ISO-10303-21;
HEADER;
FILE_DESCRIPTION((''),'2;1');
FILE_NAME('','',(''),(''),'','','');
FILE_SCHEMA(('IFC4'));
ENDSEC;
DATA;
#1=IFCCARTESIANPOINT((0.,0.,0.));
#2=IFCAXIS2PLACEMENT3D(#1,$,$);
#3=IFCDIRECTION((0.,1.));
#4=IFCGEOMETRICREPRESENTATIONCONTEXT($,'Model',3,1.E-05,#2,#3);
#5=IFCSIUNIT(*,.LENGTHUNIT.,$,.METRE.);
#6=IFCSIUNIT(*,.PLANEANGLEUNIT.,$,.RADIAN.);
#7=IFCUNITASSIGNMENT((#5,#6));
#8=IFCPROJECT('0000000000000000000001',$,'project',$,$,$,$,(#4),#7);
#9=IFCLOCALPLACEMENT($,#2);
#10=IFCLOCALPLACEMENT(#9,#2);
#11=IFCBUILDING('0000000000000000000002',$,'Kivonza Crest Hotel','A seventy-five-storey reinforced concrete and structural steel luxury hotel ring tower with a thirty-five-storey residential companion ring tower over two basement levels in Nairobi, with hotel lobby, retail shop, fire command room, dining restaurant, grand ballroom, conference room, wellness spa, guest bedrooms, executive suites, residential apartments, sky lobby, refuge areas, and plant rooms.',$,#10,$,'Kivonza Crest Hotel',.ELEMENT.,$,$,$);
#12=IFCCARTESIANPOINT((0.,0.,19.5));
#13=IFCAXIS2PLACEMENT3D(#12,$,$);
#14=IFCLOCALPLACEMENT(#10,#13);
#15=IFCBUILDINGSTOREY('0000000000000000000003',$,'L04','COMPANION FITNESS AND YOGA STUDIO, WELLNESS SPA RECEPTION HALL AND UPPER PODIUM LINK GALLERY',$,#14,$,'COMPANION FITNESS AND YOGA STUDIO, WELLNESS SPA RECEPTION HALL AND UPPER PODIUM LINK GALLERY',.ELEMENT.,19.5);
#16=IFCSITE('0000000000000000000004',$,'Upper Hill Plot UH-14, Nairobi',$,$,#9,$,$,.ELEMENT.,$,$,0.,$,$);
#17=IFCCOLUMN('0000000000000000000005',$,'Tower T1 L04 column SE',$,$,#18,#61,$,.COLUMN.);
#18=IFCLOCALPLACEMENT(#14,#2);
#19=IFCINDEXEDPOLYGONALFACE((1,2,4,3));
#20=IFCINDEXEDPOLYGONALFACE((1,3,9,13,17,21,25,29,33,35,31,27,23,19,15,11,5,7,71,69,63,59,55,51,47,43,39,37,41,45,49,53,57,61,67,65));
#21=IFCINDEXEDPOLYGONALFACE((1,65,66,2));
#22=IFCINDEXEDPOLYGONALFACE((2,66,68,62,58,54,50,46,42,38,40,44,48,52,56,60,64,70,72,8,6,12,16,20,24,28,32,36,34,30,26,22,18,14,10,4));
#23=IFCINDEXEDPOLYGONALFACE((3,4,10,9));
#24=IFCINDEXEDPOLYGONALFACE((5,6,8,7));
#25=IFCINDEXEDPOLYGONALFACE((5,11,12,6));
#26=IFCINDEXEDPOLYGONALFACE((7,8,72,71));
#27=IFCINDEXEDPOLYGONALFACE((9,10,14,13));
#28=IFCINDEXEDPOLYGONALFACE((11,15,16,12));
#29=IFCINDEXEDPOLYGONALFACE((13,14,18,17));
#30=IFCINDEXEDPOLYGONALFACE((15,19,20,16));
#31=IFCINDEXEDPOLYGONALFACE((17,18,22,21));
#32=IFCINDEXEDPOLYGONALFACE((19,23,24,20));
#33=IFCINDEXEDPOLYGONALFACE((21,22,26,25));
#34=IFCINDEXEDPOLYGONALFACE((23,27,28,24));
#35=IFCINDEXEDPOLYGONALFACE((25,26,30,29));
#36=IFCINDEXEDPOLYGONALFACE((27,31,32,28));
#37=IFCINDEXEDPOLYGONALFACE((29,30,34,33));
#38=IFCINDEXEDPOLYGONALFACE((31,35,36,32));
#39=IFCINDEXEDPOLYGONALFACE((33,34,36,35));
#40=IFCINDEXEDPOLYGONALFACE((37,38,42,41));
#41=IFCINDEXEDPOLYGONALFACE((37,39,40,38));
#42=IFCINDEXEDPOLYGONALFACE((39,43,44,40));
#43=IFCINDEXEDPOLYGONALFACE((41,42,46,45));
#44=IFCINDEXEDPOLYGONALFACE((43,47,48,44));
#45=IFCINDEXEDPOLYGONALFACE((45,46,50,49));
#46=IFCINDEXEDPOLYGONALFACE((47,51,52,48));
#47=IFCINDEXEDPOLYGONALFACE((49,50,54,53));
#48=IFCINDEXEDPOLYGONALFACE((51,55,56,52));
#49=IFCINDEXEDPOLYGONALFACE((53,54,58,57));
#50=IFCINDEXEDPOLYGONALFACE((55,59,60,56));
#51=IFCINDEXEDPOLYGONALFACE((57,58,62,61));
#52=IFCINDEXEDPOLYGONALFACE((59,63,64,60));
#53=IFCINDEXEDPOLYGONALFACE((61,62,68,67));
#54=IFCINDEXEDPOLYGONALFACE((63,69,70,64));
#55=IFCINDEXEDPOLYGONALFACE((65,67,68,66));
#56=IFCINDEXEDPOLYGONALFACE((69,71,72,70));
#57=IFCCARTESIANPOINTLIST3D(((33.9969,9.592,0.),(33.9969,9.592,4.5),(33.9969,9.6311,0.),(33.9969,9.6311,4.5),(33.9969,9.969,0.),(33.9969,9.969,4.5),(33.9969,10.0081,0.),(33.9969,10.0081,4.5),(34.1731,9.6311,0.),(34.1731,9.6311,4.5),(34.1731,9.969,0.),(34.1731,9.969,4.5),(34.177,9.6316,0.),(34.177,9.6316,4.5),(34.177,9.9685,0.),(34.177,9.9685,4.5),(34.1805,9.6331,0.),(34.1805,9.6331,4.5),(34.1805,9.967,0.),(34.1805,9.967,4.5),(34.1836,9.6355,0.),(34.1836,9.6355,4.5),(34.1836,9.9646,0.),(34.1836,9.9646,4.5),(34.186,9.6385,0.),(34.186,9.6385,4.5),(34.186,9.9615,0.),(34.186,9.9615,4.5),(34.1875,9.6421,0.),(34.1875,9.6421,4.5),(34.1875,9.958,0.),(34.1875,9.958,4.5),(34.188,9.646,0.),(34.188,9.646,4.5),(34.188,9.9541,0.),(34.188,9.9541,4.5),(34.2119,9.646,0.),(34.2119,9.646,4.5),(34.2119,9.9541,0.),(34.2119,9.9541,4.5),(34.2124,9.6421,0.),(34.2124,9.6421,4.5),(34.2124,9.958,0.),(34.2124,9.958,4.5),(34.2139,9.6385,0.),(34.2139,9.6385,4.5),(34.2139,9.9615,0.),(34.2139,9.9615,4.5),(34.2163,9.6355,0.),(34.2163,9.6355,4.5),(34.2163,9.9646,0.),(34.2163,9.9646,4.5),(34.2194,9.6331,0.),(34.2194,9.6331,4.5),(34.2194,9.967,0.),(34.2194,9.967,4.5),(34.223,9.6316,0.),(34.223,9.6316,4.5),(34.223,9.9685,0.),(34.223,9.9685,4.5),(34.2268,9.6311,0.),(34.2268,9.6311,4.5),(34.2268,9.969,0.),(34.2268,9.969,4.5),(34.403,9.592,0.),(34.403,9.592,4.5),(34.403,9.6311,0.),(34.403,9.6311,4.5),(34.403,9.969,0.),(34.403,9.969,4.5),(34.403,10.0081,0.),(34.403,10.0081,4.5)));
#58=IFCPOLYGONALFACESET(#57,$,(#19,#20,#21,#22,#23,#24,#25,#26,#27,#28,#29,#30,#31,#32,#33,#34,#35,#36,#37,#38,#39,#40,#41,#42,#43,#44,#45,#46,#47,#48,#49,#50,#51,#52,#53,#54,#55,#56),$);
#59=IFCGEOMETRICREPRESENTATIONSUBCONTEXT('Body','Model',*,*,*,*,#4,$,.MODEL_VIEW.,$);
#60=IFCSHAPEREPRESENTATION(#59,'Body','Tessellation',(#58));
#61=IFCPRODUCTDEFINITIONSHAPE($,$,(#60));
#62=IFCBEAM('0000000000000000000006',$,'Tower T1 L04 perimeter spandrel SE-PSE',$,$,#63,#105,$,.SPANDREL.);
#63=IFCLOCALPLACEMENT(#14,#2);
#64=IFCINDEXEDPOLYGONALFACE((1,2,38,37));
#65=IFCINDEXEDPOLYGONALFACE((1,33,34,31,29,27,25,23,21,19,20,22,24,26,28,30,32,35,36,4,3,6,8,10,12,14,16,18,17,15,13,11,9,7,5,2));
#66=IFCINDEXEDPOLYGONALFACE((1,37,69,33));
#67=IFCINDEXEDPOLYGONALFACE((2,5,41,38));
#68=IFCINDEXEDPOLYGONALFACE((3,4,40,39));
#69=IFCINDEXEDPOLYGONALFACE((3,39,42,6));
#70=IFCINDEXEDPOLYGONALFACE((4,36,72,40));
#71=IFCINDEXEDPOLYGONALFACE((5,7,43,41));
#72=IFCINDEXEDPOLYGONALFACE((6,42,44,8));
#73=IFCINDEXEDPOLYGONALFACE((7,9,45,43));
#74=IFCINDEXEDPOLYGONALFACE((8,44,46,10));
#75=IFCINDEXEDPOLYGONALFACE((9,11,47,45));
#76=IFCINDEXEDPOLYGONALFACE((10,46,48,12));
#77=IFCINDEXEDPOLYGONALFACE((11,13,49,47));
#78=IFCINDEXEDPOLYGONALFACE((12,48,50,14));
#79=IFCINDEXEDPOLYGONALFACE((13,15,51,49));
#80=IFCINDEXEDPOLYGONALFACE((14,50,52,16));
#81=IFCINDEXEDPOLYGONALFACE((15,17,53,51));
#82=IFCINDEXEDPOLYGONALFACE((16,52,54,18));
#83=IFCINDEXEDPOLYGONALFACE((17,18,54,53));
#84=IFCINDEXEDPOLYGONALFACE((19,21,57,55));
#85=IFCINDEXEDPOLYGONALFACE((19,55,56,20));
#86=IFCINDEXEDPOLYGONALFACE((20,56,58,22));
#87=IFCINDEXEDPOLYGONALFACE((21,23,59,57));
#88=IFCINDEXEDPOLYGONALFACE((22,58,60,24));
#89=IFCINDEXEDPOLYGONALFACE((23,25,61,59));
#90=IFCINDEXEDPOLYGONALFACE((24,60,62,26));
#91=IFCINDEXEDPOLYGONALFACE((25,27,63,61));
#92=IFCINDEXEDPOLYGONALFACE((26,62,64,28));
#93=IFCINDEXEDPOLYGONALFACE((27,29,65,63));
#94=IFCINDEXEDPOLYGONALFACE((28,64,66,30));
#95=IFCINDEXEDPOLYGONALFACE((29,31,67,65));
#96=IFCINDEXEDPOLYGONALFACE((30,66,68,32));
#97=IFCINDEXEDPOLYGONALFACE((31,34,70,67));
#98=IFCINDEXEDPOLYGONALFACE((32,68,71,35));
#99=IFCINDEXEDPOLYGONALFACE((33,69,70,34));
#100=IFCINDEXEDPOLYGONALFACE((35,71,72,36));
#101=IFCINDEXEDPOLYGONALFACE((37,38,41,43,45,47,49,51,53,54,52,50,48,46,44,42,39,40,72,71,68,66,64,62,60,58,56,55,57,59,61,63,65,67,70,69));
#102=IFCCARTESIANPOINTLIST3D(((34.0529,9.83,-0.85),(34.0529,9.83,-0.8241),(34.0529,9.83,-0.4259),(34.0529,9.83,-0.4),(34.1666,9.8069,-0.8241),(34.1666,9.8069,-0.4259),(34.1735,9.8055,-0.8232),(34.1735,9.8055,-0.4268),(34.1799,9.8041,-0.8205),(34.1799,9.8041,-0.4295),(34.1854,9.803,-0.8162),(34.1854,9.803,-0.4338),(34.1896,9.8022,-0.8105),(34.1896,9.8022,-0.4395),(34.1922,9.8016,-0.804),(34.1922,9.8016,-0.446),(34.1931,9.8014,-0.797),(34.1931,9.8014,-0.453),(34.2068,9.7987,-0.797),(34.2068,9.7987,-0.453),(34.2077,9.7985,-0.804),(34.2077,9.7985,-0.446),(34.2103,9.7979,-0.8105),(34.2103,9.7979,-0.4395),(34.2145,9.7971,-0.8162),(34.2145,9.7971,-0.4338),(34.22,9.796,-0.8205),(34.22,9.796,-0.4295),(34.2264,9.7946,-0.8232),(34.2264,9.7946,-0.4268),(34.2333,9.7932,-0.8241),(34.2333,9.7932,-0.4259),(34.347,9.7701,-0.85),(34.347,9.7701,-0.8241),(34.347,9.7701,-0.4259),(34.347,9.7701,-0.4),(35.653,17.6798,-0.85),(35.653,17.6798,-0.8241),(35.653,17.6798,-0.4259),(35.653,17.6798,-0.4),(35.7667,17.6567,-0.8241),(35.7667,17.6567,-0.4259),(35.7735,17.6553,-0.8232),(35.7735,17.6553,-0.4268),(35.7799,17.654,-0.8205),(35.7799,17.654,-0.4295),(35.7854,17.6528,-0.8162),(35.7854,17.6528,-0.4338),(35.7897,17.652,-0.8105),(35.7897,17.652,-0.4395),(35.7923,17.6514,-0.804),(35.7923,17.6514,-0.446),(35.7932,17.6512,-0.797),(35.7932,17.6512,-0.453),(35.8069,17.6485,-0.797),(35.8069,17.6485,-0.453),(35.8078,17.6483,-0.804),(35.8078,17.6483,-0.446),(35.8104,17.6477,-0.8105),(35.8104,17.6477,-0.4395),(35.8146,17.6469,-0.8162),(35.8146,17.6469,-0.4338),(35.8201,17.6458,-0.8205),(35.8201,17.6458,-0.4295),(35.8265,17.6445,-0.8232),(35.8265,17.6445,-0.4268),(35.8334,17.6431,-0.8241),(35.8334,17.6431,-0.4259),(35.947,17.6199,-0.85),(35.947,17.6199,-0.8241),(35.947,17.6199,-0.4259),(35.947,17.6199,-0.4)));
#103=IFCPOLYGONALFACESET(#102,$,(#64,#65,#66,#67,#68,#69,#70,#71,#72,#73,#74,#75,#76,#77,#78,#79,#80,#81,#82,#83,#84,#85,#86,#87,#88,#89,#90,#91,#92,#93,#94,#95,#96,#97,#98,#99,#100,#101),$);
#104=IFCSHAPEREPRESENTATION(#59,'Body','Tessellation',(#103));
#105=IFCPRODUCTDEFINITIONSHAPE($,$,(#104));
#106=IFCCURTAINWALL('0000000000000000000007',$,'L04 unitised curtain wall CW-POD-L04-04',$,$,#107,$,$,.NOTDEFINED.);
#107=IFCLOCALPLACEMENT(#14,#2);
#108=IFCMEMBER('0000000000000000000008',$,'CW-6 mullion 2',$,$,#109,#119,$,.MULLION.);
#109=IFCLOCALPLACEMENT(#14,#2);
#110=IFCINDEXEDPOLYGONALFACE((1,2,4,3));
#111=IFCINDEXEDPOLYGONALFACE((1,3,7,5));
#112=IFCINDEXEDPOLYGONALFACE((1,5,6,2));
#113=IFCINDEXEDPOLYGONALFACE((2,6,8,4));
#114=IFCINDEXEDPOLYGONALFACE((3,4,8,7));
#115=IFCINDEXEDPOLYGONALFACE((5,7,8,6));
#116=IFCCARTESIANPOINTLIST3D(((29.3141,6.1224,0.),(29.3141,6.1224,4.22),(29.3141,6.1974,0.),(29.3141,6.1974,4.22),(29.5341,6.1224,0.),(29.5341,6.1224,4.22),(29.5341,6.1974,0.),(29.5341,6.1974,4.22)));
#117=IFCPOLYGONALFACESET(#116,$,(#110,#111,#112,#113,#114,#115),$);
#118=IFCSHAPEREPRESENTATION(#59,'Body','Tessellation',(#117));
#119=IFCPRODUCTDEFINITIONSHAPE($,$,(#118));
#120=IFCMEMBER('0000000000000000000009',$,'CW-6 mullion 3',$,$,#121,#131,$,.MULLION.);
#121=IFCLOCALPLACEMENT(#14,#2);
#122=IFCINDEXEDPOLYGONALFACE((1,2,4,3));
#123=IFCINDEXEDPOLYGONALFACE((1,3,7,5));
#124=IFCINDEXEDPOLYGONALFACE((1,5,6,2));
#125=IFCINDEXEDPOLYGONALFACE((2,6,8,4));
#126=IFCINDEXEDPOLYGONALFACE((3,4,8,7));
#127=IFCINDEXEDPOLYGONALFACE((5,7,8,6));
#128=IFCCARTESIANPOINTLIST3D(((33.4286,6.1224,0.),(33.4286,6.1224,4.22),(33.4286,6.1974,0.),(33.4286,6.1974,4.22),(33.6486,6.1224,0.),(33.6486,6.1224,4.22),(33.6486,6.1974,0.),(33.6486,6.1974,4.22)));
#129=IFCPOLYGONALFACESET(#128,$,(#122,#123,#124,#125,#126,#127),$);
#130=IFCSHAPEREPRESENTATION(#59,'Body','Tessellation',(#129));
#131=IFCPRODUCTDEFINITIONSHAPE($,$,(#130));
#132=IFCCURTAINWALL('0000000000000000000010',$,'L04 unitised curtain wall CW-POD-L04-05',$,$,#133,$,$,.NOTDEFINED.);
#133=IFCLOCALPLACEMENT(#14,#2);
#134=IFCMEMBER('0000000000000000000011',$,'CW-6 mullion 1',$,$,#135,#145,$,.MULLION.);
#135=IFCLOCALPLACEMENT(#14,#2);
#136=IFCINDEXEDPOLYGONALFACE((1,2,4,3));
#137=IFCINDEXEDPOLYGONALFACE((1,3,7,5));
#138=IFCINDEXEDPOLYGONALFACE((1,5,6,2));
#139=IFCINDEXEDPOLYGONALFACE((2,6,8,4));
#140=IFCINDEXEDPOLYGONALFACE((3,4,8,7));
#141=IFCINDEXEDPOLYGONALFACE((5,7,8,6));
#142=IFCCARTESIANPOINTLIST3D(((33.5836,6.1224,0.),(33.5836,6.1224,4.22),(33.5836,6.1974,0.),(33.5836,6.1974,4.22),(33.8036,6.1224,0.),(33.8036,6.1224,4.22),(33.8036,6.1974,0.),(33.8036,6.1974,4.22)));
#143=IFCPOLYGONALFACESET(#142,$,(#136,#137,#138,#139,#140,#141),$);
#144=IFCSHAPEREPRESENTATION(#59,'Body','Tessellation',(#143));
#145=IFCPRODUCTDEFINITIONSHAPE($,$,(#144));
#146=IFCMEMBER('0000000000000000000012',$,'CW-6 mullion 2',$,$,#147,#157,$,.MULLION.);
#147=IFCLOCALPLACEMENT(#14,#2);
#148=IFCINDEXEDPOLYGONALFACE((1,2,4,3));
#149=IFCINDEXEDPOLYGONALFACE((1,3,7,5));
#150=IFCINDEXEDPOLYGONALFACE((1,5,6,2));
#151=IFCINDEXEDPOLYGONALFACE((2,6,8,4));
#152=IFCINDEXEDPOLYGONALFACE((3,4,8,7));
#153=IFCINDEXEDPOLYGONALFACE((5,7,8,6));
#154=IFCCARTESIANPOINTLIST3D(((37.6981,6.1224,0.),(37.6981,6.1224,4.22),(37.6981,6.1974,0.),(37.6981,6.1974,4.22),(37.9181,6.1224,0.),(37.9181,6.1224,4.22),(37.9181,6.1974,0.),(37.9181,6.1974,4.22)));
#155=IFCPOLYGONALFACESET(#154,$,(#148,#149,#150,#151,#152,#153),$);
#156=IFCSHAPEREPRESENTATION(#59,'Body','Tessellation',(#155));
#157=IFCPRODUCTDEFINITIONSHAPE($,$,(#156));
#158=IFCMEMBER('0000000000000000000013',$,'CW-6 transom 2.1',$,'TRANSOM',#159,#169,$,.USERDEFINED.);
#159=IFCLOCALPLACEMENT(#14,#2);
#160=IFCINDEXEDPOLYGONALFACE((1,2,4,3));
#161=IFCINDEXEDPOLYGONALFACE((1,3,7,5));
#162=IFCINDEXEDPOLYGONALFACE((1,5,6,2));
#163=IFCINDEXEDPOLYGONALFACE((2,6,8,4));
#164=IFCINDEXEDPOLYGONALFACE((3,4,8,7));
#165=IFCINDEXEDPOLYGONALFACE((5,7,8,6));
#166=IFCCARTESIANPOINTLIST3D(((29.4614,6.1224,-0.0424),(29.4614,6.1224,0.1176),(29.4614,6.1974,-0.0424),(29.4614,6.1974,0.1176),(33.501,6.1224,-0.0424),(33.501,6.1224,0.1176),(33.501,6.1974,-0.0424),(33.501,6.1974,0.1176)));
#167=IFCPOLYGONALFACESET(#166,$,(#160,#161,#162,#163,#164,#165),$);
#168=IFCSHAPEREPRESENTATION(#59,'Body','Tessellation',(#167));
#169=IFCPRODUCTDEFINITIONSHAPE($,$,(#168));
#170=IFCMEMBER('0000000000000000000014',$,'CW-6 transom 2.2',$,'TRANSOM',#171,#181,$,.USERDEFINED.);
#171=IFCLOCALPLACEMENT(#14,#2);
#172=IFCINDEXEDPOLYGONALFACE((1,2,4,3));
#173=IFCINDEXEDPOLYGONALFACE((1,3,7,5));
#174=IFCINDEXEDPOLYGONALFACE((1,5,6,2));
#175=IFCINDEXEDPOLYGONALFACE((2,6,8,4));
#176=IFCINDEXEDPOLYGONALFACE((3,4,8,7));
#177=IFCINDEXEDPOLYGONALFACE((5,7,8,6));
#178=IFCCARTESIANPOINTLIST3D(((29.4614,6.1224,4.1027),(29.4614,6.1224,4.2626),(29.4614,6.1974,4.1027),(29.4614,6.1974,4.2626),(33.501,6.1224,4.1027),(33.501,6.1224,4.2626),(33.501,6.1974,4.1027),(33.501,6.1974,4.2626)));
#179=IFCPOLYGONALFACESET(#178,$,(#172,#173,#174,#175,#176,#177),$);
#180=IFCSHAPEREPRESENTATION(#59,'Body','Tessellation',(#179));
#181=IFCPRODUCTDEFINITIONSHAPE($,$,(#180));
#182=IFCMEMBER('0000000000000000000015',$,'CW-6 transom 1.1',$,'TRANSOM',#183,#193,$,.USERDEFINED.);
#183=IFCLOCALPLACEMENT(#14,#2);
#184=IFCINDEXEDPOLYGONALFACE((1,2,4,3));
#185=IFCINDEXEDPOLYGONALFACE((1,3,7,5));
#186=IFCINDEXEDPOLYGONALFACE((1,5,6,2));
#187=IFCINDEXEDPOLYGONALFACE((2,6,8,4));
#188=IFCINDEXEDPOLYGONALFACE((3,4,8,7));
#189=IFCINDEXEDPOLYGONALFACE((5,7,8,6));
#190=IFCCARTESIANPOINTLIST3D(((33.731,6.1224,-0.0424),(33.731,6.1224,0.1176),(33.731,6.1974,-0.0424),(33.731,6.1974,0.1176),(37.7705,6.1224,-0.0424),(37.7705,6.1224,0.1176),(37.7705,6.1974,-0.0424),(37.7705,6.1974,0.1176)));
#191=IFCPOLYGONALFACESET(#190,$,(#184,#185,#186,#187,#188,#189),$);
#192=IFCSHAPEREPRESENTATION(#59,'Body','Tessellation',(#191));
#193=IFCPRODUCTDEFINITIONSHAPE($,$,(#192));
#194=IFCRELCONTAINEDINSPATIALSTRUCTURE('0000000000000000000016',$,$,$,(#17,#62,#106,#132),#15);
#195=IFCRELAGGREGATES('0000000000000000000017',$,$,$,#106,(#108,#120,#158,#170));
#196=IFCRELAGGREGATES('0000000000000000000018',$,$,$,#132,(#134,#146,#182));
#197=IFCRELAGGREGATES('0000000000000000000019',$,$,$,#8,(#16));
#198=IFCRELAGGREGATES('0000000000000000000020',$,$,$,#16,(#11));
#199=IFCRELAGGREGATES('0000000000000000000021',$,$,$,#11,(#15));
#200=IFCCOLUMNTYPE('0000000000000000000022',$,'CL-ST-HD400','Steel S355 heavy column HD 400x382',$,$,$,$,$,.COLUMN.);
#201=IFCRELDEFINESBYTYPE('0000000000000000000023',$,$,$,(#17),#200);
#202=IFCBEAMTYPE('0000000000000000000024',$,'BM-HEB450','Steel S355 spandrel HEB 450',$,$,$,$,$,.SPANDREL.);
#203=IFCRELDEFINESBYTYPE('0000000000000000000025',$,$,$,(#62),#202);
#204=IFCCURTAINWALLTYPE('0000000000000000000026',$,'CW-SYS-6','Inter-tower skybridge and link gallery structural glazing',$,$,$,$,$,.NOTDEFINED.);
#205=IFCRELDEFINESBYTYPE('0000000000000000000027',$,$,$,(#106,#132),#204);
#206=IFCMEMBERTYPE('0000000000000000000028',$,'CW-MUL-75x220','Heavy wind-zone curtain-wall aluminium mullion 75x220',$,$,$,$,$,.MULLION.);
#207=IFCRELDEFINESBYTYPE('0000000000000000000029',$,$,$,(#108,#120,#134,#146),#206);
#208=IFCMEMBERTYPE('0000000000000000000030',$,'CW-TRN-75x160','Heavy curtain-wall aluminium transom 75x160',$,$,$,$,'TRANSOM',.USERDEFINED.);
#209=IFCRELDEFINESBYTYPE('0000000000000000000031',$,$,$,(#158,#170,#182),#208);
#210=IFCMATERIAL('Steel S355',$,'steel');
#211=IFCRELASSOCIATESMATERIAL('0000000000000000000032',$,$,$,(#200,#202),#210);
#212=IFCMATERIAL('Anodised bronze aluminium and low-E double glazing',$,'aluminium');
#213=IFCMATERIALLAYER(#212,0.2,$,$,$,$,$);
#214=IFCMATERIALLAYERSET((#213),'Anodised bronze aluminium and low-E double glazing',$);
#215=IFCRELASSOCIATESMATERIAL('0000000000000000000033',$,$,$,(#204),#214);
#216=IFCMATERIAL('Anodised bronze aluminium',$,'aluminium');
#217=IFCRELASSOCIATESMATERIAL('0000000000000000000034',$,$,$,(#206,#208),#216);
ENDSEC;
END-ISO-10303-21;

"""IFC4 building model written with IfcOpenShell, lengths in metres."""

from ifc_helpers import new_model, si_unit, direction, frame, origin, origin_2d, place, context, subcontext, project, spatial, rectangle, i_section, extrude, material, layer, layer_set, material_profile, profile_set, type_object, element, aggregate, save


model = new_model("IFC4")

# Units and contexts
model_context = context("Model", 3, precision=1e-05, world=origin(), true_north=direction((0.0, 1.0)))
body_context = subcontext(model_context, "Body", "Model", "MODEL_VIEW")
ifc_project = project(units=[si_unit("LENGTHUNIT", "METRE"), si_unit("PLANEANGLEUNIT", "RADIAN")], contexts=[model_context])

# Site, building, storey
site_placement = place(None, origin())
site = spatial("IfcSite", under=ifc_project, at=site_placement, Name="Upper Hill Plot UH-14, Nairobi", CompositionType="ELEMENT", RefElevation=0.0)
building_placement = place(site_placement, origin())
building = spatial("IfcBuilding", under=site, at=building_placement, Name="Kivonza Crest Hotel", Description="A seventy-five-storey reinforced concrete and structural steel luxury hotel ring tower with a thirty-five-storey residential companion ring tower over two basement levels in Nairobi, with hotel lobby, retail shop, fire command room, dining restaurant, grand ballroom, conference room, wellness spa, guest bedrooms, executive suites, residential apartments, sky lobby, refuge areas, and plant rooms.", LongName="Kivonza Crest Hotel", CompositionType="ELEMENT")
storey_placement = place(building_placement, frame((0.0, 0.0, 19.5)))
storey = spatial("IfcBuildingStorey", under=building, at=storey_placement, Name="L04", Description="COMPANION FITNESS AND YOGA STUDIO, WELLNESS SPA RECEPTION HALL AND UPPER PODIUM LINK GALLERY", LongName="COMPANION FITNESS AND YOGA STUDIO, WELLNESS SPA RECEPTION HALL AND UPPER PODIUM LINK GALLERY", CompositionType="ELEMENT", Elevation=19.5)

# Column
ifc_material_1 = material(Name="Steel S355", Category="steel")
ifc_material_profile_1 = material_profile(ifc_material_1, i_section(OverallWidth=0.406, OverallDepth=0.416, WebThickness=0.0239, FlangeThickness=0.0391, FilletRadius=0.0149, at=origin_2d()), Name="HD 400x382")
ifc_profile_set_1 = profile_set([ifc_material_profile_1], Name="Steel S355")
column_type = type_object("IfcColumnType", Name="CL-ST-HD400", Description="Steel S355 heavy column HD 400x382", PredefinedType="COLUMN", material=ifc_profile_set_1)
column_placement = place(storey_placement, frame((34.2, 9.8, 0.0), z_axis=(0.0, 0.0, 1.0), x_axis=(1.0, 0.0, 0.0)))
element("IfcColumn", 1, at=column_placement, inside=storey, type_object=column_type, Name="Tower T1 L04 column SE", PredefinedType="COLUMN", context=body_context, shape_type="SweptSolid", body=[
    extrude(i_section(OverallWidth=0.406, OverallDepth=0.416, WebThickness=0.0239, FlangeThickness=0.0391, FilletRadius=0.0149, at=origin_2d()), origin(), (0.0, 0.0, 1.0), 4.5),
])

# Beam
ifc_material_profile_2 = material_profile(ifc_material_1, i_section(OverallWidth=0.3, OverallDepth=0.45, WebThickness=0.0139, FlangeThickness=0.0259, FilletRadius=0.0271, at=origin_2d()), Name="HEB 450")
ifc_profile_set_2 = profile_set([ifc_material_profile_2], Name="Steel S355")
beam_type = type_object("IfcBeamType", Name="BM-HEB450", Description="Steel S355 spandrel HEB 450", PredefinedType="SPANDREL", material=ifc_profile_set_2)
beam_placement = place(storey_placement, frame((34.2, 9.8, -0.625), z_axis=(0.199731, 0.979851, 0.0), x_axis=(-0.979851, 0.199731, 0.0)))
element("IfcBeam", 2, at=beam_placement, inside=storey, type_object=beam_type, Name="Tower T1 L04 perimeter spandrel SE-PSE", PredefinedType="SPANDREL", context=body_context, shape_type="SweptSolid", body=[
    extrude(i_section(OverallWidth=0.3, OverallDepth=0.45, WebThickness=0.0139, FlangeThickness=0.0259, FilletRadius=0.0271, at=origin_2d()), origin(), (0.0, 0.0, 1.0), 8.0112),
])

# Curtain walls, members
ifc_material_2 = material(Name="Anodised bronze aluminium and low-E double glazing", Category="aluminium")
ifc_layer_1 = layer(ifc_material_2, 0.2)
ifc_layer_set_1 = layer_set([ifc_layer_1], Name="Anodised bronze aluminium and low-E double glazing")
curtain_wall_type = type_object("IfcCurtainWallType", Name="CW-SYS-6", Description="Inter-tower skybridge and link gallery structural glazing", PredefinedType="NOTDEFINED", material=ifc_layer_set_1)
curtain_wall_1_placement = place(storey_placement, origin())
curtain_wall_1 = element("IfcCurtainWall", 3, at=curtain_wall_1_placement, inside=storey, type_object=curtain_wall_type, Name="L04 unitised curtain wall CW-POD-L04-04", PredefinedType="NOTDEFINED")
ifc_material_3 = material(Name="Anodised bronze aluminium", Category="aluminium")
ifc_material_profile_3 = material_profile(ifc_material_3, rectangle(XDim=0.075, YDim=0.22, at=origin_2d()), Name="CW-M 75x220")
ifc_profile_set_3 = profile_set([ifc_material_profile_3], Name="Anodised bronze aluminium")
member_type_1 = type_object("IfcMemberType", Name="CW-MUL-75x220", Description="Heavy wind-zone curtain-wall aluminium mullion 75x220", PredefinedType="MULLION", material=ifc_profile_set_3)
member_1_placement = place(storey_placement, frame((29.4241, 6.1599, 0.0), z_axis=(0.0, 0.0, 1.0), x_axis=(0.0, 1.0, 0.0)))
member_1 = element("IfcMember", 4, at=member_1_placement, type_object=member_type_1, Name="CW-6 mullion 2", PredefinedType="MULLION", context=body_context, shape_type="SweptSolid", body=[
    extrude(rectangle(XDim=0.075, YDim=0.22, at=origin_2d()), origin(), (0.0, 0.0, 1.0), 4.22),
])
member_2_placement = place(storey_placement, frame((33.5386, 6.1599, 0.0), z_axis=(0.0, 0.0, 1.0), x_axis=(0.0, 1.0, 0.0)))
member_2 = element("IfcMember", 5, at=member_2_placement, type_object=member_type_1, Name="CW-6 mullion 3", PredefinedType="MULLION", context=body_context, shape_type="SweptSolid", body=[
    extrude(rectangle(XDim=0.075, YDim=0.22, at=origin_2d()), origin(), (0.0, 0.0, 1.0), 4.22),
])
curtain_wall_2_placement = place(storey_placement, origin())
curtain_wall_2 = element("IfcCurtainWall", 6, at=curtain_wall_2_placement, inside=storey, type_object=curtain_wall_type, Name="L04 unitised curtain wall CW-POD-L04-05", PredefinedType="NOTDEFINED")
member_3_placement = place(storey_placement, frame((33.6936, 6.1599, 0.0), z_axis=(0.0, 0.0, 1.0), x_axis=(0.0, 1.0, 0.0)))
member_3 = element("IfcMember", 7, at=member_3_placement, type_object=member_type_1, Name="CW-6 mullion 1", PredefinedType="MULLION", context=body_context, shape_type="SweptSolid", body=[
    extrude(rectangle(XDim=0.075, YDim=0.22, at=origin_2d()), origin(), (0.0, 0.0, 1.0), 4.22),
])
member_4_placement = place(storey_placement, frame((37.8081, 6.1599, 0.0), z_axis=(0.0, 0.0, 1.0), x_axis=(0.0, 1.0, 0.0)))
member_4 = element("IfcMember", 8, at=member_4_placement, type_object=member_type_1, Name="CW-6 mullion 2", PredefinedType="MULLION", context=body_context, shape_type="SweptSolid", body=[
    extrude(rectangle(XDim=0.075, YDim=0.22, at=origin_2d()), origin(), (0.0, 0.0, 1.0), 4.22),
])

# Members
ifc_material_profile_4 = material_profile(ifc_material_3, rectangle(XDim=0.075, YDim=0.1599, at=origin_2d()), Name="CW-T 75x160")
ifc_profile_set_4 = profile_set([ifc_material_profile_4], Name="Anodised bronze aluminium")
member_type_2 = type_object("IfcMemberType", Name="CW-TRN-75x160", Description="Heavy curtain-wall aluminium transom 75x160", ElementType="TRANSOM", PredefinedType="USERDEFINED", material=ifc_profile_set_4)
member_5_placement = place(storey_placement, frame((29.4614, 6.1599, 0.0376), z_axis=(1.0, 0.0, 0.0), x_axis=(0.0, 1.0, 0.0)))
member_5 = element("IfcMember", 9, at=member_5_placement, type_object=member_type_2, Name="CW-6 transom 2.1", ObjectType="TRANSOM", PredefinedType="USERDEFINED", context=body_context, shape_type="SweptSolid", body=[
    extrude(rectangle(XDim=0.075, YDim=0.1599, at=origin_2d()), origin(), (0.0, 0.0, 1.0), 4.0396),
])
member_6_placement = place(storey_placement, frame((29.4614, 6.1599, 4.1826), z_axis=(1.0, 0.0, 0.0), x_axis=(0.0, 1.0, 0.0)))
member_6 = element("IfcMember", 10, at=member_6_placement, type_object=member_type_2, Name="CW-6 transom 2.2", ObjectType="TRANSOM", PredefinedType="USERDEFINED", context=body_context, shape_type="SweptSolid", body=[
    extrude(rectangle(XDim=0.075, YDim=0.1599, at=origin_2d()), origin(), (0.0, 0.0, 1.0), 4.0396),
])
member_7_placement = place(storey_placement, frame((33.731, 6.1599, 0.0376), z_axis=(1.0, 0.0, 0.0), x_axis=(0.0, 1.0, 0.0)))
member_7 = element("IfcMember", 11, at=member_7_placement, type_object=member_type_2, Name="CW-6 transom 1.1", ObjectType="TRANSOM", PredefinedType="USERDEFINED", context=body_context, shape_type="SweptSolid", body=[
    extrude(rectangle(XDim=0.075, YDim=0.1599, at=origin_2d()), origin(), (0.0, 0.0, 1.0), 4.0396),
])

aggregate(curtain_wall_1, [member_1, member_2, member_5, member_6])
aggregate(curtain_wall_2, [member_3, member_4, member_7])

save(model, "model.ifc")
